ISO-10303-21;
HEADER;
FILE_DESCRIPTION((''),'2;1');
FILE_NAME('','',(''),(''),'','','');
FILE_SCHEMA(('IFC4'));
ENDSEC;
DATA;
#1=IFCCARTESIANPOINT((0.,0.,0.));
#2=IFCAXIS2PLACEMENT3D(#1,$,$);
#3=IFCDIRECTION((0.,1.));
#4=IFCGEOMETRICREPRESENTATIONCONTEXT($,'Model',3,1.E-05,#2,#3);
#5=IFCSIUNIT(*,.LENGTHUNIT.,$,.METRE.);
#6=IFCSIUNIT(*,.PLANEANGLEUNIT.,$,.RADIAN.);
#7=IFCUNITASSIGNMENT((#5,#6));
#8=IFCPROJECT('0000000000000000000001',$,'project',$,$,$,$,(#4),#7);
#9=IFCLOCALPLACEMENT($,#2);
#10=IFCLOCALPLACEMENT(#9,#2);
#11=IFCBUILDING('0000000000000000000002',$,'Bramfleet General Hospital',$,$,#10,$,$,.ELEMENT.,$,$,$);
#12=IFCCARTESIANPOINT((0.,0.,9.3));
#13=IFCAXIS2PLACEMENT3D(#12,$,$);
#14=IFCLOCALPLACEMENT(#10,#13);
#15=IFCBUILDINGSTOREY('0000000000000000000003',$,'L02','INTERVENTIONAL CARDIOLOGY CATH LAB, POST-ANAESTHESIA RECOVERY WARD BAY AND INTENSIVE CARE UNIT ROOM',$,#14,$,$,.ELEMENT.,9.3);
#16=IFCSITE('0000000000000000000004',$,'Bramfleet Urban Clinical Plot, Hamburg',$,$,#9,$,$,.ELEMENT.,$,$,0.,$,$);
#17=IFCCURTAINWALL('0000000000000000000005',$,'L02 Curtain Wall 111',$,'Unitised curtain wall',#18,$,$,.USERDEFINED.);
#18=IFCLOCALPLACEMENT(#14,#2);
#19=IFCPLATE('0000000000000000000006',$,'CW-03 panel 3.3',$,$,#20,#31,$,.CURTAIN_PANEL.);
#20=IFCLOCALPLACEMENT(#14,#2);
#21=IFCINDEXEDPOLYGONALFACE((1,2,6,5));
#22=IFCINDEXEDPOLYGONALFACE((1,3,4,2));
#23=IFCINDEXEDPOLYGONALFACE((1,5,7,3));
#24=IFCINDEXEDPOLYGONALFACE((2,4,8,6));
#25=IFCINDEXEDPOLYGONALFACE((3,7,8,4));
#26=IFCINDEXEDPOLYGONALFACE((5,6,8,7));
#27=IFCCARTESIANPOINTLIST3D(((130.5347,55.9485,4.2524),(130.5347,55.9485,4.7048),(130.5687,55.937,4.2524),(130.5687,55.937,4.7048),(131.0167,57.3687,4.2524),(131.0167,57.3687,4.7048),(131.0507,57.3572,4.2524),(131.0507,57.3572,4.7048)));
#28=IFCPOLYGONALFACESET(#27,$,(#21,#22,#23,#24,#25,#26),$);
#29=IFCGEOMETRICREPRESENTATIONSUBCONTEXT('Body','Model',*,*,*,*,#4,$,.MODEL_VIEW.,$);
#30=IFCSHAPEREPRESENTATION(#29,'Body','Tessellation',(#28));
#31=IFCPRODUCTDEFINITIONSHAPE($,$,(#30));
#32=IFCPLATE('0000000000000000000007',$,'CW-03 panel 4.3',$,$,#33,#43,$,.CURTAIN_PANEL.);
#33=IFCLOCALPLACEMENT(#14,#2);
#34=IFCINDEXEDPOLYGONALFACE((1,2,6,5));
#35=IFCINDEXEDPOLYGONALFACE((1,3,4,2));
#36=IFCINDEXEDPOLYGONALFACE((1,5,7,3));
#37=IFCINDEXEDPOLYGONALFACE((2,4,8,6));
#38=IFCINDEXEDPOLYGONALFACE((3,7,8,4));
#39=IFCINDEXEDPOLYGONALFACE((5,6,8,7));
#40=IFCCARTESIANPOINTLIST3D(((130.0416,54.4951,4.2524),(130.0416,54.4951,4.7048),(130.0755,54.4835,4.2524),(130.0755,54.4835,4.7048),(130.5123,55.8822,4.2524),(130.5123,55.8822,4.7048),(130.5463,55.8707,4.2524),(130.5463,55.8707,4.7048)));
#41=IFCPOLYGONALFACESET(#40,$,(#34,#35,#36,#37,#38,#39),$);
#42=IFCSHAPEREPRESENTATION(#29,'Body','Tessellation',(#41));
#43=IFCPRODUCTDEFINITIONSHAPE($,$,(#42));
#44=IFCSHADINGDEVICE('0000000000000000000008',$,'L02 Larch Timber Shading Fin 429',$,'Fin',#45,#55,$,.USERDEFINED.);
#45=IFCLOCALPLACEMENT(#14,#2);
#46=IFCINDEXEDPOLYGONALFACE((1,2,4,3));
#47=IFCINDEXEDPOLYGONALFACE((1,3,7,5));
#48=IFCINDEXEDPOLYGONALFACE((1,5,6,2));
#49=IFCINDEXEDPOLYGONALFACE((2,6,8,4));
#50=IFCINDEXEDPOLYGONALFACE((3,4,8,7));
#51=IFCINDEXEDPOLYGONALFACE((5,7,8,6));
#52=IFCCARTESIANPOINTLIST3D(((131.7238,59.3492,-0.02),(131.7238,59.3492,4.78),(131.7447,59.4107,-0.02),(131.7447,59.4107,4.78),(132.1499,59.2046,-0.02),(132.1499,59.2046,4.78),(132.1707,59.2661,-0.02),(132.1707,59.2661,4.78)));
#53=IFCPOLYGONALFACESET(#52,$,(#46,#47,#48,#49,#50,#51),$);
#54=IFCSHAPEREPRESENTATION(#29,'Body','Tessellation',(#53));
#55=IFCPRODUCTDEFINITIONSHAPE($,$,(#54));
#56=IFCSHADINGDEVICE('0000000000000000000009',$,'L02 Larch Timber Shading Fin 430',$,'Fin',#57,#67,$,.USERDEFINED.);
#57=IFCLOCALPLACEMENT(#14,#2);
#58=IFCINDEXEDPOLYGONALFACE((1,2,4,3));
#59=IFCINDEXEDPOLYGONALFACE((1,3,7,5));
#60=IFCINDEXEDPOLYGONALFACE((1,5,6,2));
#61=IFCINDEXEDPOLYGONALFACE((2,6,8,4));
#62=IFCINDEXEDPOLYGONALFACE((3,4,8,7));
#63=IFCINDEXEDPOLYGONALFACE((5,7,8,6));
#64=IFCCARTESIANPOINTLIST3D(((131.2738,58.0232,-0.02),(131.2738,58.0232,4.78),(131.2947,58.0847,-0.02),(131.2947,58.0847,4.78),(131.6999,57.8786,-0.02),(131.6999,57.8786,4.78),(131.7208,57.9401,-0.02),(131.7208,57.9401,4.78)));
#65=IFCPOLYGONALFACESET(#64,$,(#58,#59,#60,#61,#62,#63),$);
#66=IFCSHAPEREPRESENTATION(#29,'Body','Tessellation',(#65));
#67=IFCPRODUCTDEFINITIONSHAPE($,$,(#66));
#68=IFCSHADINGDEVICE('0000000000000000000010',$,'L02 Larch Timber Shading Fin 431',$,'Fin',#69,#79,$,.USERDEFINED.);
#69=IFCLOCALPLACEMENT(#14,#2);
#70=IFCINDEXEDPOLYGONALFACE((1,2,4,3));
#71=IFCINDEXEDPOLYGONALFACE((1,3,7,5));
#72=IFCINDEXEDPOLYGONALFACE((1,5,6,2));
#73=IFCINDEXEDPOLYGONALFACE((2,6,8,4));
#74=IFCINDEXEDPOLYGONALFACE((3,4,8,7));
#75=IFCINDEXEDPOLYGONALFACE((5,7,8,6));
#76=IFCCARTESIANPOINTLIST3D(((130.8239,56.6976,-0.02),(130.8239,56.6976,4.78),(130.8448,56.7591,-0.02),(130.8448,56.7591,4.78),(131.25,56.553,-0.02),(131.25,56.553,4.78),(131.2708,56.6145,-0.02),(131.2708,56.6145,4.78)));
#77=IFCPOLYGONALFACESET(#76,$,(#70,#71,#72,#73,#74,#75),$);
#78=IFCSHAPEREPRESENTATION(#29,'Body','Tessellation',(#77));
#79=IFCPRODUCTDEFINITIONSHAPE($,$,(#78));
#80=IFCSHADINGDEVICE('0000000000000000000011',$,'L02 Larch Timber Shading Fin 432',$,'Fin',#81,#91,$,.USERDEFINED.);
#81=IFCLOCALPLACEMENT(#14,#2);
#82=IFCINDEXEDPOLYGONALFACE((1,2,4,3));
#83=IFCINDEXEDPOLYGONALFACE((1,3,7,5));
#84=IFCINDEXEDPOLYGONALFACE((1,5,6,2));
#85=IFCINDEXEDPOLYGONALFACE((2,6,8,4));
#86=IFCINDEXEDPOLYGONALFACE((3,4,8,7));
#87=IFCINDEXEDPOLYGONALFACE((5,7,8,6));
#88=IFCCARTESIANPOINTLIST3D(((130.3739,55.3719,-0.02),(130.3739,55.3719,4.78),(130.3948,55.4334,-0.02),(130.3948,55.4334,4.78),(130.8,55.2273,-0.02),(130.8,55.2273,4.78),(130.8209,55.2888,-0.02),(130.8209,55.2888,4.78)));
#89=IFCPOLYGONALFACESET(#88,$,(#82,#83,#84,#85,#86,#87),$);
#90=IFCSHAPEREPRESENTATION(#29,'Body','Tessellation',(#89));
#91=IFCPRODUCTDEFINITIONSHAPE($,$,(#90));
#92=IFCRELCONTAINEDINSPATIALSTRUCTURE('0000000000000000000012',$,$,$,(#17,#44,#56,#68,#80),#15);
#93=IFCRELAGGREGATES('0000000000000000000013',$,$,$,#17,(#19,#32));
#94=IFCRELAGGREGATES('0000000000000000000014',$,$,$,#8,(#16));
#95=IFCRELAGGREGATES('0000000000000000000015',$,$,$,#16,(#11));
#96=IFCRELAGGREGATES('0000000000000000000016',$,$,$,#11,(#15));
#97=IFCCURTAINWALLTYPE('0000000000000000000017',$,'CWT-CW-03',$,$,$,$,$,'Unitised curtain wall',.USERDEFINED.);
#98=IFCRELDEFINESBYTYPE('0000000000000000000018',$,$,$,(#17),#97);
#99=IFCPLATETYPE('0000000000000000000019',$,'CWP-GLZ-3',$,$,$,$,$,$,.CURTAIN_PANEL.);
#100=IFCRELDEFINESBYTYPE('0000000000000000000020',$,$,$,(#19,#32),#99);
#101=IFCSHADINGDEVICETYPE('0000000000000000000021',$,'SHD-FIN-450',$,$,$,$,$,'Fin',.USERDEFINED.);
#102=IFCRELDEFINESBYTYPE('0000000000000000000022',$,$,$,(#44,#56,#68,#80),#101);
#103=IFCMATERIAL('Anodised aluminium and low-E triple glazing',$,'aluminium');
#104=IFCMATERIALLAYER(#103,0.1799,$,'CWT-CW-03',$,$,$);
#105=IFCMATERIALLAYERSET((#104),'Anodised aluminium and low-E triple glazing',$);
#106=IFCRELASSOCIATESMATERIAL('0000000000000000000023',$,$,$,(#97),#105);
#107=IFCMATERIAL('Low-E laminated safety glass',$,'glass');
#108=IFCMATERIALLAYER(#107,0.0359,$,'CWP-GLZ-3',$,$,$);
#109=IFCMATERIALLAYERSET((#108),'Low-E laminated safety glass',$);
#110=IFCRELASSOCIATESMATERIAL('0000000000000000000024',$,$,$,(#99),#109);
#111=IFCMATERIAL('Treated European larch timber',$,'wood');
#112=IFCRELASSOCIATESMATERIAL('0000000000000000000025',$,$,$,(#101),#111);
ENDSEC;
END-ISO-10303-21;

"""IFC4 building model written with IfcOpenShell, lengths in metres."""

from ifc_helpers import new_model, si_unit, direction, frame, origin, origin_2d, place, context, subcontext, project, spatial, rectangle, extrude, material, layer, layer_set, material_profile, profile_set, type_object, element, aggregate, save


model = new_model("IFC4")

# Units and contexts
model_context = context("Model", 3, precision=1e-05, world=origin(), true_north=direction((0.0, 1.0)))
body_context = subcontext(model_context, "Body", "Model", "MODEL_VIEW")
ifc_project = project(units=[si_unit("LENGTHUNIT", "METRE"), si_unit("PLANEANGLEUNIT", "RADIAN")], contexts=[model_context])

# Site, building, storey
site_placement = place(None, origin())
site = spatial("IfcSite", under=ifc_project, at=site_placement, Name="Bramfleet Urban Clinical Plot, Hamburg", CompositionType="ELEMENT", RefElevation=0.0)
building_placement = place(site_placement, origin())
building = spatial("IfcBuilding", under=site, at=building_placement, Name="Bramfleet General Hospital", CompositionType="ELEMENT")
storey_placement = place(building_placement, frame((0.0, 0.0, 9.3)))
storey = spatial("IfcBuildingStorey", under=building, at=storey_placement, Name="L02", Description="INTERVENTIONAL CARDIOLOGY CATH LAB, POST-ANAESTHESIA RECOVERY WARD BAY AND INTENSIVE CARE UNIT ROOM", CompositionType="ELEMENT", Elevation=9.3)

# Curtain wall, plates
ifc_material_1 = material(Name="Anodised aluminium and low-E triple glazing", Category="aluminium")
ifc_layer_1 = layer(ifc_material_1, 0.1799, Name="CWT-CW-03")
ifc_layer_set_1 = layer_set([ifc_layer_1], Name="Anodised aluminium and low-E triple glazing")
curtain_wall_type = type_object("IfcCurtainWallType", Name="CWT-CW-03", ElementType="Unitised curtain wall", PredefinedType="USERDEFINED", material=ifc_layer_set_1)
curtain_wall_placement = place(storey_placement, origin())
curtain_wall = element("IfcCurtainWall", 1, at=curtain_wall_placement, inside=storey, type_object=curtain_wall_type, Name="L02 Curtain Wall 111", ObjectType="Unitised curtain wall", PredefinedType="USERDEFINED")
ifc_material_2 = material(Name="Low-E laminated safety glass", Category="glass")
ifc_layer_2 = layer(ifc_material_2, 0.0359, Name="CWP-GLZ-3")
ifc_layer_set_2 = layer_set([ifc_layer_2], Name="Low-E laminated safety glass")
plate_type = type_object("IfcPlateType", Name="CWP-GLZ-3", PredefinedType="CURTAIN_PANEL", material=ifc_layer_set_2)
plate_1_placement = place(storey_placement, frame((130.7927, 56.6528, 4.2524), z_axis=(0.0, 0.0, 1.0), x_axis=(-0.321383, -0.946949, 0.0)))
plate_1 = element("IfcPlate", 2, at=plate_1_placement, type_object=plate_type, Name="CW-03 panel 3.3", PredefinedType="CURTAIN_PANEL", context=body_context, shape_type="SweptSolid", body=[
    extrude(rectangle(XDim=1.4998, YDim=0.0359, at=origin_2d()), origin(), (0.0, 0.0, 1.0), 0.4524),
])
plate_2_placement = place(storey_placement, frame((130.2939, 55.1829, 4.2524), z_axis=(0.0, 0.0, 1.0), x_axis=(-0.321383, -0.946949, 0.0)))
plate_2 = element("IfcPlate", 3, at=plate_2_placement, type_object=plate_type, Name="CW-03 panel 4.3", PredefinedType="CURTAIN_PANEL", context=body_context, shape_type="SweptSolid", body=[
    extrude(rectangle(XDim=1.4648, YDim=0.0359, at=origin_2d()), origin(), (0.0, 0.0, 1.0), 0.4524),
])
aggregate(curtain_wall, [plate_1, plate_2])

# Shading devices
ifc_material_3 = material(Name="Treated European larch timber", Category="wood")
ifc_material_profile_1 = material_profile(ifc_material_3, rectangle(XDim=0.0649, YDim=0.45, at=origin_2d()), Name="LARCH FIN 450x65")
ifc_profile_set_1 = profile_set([ifc_material_profile_1], Name="Treated European larch timber")
shading_device_type = type_object("IfcShadingDeviceType", Name="SHD-FIN-450", ElementType="Fin", PredefinedType="USERDEFINED", material=ifc_profile_set_1)
for number, where, z_axis, x_axis, name in (
    (4, (131.9473, 59.3076, -0.02), (0.0, 0.0, 1.0), (-0.321383, -0.946949, 0.0), "L02 Larch Timber Shading Fin 429"),
    (5, (131.4973, 57.9817, -0.02), (0.0, 0.0, 1.0), (-0.321383, -0.946949, 0.0), "L02 Larch Timber Shading Fin 430"),
    (6, (131.0474, 56.656, -0.02), (0.0, 0.0, 1.0), (-0.321383, -0.946949, 0.0), "L02 Larch Timber Shading Fin 431"),
    (7, (130.5974, 55.3303, -0.02), (0.0, 0.0, 1.0), (-0.321383, -0.946949, 0.0), "L02 Larch Timber Shading Fin 432"),
):
    element("IfcShadingDevice", number, at=place(storey_placement, frame(where, z_axis=z_axis, x_axis=x_axis)), inside=storey, type_object=shading_device_type, Name=name, ObjectType="Fin", PredefinedType="USERDEFINED", context=body_context, shape_type="SweptSolid", body=[
        extrude(rectangle(XDim=0.0649, YDim=0.45, at=origin_2d()), origin(), (0.0, 0.0, 1.0), 4.8),
    ])

save(model, "model.ifc")
